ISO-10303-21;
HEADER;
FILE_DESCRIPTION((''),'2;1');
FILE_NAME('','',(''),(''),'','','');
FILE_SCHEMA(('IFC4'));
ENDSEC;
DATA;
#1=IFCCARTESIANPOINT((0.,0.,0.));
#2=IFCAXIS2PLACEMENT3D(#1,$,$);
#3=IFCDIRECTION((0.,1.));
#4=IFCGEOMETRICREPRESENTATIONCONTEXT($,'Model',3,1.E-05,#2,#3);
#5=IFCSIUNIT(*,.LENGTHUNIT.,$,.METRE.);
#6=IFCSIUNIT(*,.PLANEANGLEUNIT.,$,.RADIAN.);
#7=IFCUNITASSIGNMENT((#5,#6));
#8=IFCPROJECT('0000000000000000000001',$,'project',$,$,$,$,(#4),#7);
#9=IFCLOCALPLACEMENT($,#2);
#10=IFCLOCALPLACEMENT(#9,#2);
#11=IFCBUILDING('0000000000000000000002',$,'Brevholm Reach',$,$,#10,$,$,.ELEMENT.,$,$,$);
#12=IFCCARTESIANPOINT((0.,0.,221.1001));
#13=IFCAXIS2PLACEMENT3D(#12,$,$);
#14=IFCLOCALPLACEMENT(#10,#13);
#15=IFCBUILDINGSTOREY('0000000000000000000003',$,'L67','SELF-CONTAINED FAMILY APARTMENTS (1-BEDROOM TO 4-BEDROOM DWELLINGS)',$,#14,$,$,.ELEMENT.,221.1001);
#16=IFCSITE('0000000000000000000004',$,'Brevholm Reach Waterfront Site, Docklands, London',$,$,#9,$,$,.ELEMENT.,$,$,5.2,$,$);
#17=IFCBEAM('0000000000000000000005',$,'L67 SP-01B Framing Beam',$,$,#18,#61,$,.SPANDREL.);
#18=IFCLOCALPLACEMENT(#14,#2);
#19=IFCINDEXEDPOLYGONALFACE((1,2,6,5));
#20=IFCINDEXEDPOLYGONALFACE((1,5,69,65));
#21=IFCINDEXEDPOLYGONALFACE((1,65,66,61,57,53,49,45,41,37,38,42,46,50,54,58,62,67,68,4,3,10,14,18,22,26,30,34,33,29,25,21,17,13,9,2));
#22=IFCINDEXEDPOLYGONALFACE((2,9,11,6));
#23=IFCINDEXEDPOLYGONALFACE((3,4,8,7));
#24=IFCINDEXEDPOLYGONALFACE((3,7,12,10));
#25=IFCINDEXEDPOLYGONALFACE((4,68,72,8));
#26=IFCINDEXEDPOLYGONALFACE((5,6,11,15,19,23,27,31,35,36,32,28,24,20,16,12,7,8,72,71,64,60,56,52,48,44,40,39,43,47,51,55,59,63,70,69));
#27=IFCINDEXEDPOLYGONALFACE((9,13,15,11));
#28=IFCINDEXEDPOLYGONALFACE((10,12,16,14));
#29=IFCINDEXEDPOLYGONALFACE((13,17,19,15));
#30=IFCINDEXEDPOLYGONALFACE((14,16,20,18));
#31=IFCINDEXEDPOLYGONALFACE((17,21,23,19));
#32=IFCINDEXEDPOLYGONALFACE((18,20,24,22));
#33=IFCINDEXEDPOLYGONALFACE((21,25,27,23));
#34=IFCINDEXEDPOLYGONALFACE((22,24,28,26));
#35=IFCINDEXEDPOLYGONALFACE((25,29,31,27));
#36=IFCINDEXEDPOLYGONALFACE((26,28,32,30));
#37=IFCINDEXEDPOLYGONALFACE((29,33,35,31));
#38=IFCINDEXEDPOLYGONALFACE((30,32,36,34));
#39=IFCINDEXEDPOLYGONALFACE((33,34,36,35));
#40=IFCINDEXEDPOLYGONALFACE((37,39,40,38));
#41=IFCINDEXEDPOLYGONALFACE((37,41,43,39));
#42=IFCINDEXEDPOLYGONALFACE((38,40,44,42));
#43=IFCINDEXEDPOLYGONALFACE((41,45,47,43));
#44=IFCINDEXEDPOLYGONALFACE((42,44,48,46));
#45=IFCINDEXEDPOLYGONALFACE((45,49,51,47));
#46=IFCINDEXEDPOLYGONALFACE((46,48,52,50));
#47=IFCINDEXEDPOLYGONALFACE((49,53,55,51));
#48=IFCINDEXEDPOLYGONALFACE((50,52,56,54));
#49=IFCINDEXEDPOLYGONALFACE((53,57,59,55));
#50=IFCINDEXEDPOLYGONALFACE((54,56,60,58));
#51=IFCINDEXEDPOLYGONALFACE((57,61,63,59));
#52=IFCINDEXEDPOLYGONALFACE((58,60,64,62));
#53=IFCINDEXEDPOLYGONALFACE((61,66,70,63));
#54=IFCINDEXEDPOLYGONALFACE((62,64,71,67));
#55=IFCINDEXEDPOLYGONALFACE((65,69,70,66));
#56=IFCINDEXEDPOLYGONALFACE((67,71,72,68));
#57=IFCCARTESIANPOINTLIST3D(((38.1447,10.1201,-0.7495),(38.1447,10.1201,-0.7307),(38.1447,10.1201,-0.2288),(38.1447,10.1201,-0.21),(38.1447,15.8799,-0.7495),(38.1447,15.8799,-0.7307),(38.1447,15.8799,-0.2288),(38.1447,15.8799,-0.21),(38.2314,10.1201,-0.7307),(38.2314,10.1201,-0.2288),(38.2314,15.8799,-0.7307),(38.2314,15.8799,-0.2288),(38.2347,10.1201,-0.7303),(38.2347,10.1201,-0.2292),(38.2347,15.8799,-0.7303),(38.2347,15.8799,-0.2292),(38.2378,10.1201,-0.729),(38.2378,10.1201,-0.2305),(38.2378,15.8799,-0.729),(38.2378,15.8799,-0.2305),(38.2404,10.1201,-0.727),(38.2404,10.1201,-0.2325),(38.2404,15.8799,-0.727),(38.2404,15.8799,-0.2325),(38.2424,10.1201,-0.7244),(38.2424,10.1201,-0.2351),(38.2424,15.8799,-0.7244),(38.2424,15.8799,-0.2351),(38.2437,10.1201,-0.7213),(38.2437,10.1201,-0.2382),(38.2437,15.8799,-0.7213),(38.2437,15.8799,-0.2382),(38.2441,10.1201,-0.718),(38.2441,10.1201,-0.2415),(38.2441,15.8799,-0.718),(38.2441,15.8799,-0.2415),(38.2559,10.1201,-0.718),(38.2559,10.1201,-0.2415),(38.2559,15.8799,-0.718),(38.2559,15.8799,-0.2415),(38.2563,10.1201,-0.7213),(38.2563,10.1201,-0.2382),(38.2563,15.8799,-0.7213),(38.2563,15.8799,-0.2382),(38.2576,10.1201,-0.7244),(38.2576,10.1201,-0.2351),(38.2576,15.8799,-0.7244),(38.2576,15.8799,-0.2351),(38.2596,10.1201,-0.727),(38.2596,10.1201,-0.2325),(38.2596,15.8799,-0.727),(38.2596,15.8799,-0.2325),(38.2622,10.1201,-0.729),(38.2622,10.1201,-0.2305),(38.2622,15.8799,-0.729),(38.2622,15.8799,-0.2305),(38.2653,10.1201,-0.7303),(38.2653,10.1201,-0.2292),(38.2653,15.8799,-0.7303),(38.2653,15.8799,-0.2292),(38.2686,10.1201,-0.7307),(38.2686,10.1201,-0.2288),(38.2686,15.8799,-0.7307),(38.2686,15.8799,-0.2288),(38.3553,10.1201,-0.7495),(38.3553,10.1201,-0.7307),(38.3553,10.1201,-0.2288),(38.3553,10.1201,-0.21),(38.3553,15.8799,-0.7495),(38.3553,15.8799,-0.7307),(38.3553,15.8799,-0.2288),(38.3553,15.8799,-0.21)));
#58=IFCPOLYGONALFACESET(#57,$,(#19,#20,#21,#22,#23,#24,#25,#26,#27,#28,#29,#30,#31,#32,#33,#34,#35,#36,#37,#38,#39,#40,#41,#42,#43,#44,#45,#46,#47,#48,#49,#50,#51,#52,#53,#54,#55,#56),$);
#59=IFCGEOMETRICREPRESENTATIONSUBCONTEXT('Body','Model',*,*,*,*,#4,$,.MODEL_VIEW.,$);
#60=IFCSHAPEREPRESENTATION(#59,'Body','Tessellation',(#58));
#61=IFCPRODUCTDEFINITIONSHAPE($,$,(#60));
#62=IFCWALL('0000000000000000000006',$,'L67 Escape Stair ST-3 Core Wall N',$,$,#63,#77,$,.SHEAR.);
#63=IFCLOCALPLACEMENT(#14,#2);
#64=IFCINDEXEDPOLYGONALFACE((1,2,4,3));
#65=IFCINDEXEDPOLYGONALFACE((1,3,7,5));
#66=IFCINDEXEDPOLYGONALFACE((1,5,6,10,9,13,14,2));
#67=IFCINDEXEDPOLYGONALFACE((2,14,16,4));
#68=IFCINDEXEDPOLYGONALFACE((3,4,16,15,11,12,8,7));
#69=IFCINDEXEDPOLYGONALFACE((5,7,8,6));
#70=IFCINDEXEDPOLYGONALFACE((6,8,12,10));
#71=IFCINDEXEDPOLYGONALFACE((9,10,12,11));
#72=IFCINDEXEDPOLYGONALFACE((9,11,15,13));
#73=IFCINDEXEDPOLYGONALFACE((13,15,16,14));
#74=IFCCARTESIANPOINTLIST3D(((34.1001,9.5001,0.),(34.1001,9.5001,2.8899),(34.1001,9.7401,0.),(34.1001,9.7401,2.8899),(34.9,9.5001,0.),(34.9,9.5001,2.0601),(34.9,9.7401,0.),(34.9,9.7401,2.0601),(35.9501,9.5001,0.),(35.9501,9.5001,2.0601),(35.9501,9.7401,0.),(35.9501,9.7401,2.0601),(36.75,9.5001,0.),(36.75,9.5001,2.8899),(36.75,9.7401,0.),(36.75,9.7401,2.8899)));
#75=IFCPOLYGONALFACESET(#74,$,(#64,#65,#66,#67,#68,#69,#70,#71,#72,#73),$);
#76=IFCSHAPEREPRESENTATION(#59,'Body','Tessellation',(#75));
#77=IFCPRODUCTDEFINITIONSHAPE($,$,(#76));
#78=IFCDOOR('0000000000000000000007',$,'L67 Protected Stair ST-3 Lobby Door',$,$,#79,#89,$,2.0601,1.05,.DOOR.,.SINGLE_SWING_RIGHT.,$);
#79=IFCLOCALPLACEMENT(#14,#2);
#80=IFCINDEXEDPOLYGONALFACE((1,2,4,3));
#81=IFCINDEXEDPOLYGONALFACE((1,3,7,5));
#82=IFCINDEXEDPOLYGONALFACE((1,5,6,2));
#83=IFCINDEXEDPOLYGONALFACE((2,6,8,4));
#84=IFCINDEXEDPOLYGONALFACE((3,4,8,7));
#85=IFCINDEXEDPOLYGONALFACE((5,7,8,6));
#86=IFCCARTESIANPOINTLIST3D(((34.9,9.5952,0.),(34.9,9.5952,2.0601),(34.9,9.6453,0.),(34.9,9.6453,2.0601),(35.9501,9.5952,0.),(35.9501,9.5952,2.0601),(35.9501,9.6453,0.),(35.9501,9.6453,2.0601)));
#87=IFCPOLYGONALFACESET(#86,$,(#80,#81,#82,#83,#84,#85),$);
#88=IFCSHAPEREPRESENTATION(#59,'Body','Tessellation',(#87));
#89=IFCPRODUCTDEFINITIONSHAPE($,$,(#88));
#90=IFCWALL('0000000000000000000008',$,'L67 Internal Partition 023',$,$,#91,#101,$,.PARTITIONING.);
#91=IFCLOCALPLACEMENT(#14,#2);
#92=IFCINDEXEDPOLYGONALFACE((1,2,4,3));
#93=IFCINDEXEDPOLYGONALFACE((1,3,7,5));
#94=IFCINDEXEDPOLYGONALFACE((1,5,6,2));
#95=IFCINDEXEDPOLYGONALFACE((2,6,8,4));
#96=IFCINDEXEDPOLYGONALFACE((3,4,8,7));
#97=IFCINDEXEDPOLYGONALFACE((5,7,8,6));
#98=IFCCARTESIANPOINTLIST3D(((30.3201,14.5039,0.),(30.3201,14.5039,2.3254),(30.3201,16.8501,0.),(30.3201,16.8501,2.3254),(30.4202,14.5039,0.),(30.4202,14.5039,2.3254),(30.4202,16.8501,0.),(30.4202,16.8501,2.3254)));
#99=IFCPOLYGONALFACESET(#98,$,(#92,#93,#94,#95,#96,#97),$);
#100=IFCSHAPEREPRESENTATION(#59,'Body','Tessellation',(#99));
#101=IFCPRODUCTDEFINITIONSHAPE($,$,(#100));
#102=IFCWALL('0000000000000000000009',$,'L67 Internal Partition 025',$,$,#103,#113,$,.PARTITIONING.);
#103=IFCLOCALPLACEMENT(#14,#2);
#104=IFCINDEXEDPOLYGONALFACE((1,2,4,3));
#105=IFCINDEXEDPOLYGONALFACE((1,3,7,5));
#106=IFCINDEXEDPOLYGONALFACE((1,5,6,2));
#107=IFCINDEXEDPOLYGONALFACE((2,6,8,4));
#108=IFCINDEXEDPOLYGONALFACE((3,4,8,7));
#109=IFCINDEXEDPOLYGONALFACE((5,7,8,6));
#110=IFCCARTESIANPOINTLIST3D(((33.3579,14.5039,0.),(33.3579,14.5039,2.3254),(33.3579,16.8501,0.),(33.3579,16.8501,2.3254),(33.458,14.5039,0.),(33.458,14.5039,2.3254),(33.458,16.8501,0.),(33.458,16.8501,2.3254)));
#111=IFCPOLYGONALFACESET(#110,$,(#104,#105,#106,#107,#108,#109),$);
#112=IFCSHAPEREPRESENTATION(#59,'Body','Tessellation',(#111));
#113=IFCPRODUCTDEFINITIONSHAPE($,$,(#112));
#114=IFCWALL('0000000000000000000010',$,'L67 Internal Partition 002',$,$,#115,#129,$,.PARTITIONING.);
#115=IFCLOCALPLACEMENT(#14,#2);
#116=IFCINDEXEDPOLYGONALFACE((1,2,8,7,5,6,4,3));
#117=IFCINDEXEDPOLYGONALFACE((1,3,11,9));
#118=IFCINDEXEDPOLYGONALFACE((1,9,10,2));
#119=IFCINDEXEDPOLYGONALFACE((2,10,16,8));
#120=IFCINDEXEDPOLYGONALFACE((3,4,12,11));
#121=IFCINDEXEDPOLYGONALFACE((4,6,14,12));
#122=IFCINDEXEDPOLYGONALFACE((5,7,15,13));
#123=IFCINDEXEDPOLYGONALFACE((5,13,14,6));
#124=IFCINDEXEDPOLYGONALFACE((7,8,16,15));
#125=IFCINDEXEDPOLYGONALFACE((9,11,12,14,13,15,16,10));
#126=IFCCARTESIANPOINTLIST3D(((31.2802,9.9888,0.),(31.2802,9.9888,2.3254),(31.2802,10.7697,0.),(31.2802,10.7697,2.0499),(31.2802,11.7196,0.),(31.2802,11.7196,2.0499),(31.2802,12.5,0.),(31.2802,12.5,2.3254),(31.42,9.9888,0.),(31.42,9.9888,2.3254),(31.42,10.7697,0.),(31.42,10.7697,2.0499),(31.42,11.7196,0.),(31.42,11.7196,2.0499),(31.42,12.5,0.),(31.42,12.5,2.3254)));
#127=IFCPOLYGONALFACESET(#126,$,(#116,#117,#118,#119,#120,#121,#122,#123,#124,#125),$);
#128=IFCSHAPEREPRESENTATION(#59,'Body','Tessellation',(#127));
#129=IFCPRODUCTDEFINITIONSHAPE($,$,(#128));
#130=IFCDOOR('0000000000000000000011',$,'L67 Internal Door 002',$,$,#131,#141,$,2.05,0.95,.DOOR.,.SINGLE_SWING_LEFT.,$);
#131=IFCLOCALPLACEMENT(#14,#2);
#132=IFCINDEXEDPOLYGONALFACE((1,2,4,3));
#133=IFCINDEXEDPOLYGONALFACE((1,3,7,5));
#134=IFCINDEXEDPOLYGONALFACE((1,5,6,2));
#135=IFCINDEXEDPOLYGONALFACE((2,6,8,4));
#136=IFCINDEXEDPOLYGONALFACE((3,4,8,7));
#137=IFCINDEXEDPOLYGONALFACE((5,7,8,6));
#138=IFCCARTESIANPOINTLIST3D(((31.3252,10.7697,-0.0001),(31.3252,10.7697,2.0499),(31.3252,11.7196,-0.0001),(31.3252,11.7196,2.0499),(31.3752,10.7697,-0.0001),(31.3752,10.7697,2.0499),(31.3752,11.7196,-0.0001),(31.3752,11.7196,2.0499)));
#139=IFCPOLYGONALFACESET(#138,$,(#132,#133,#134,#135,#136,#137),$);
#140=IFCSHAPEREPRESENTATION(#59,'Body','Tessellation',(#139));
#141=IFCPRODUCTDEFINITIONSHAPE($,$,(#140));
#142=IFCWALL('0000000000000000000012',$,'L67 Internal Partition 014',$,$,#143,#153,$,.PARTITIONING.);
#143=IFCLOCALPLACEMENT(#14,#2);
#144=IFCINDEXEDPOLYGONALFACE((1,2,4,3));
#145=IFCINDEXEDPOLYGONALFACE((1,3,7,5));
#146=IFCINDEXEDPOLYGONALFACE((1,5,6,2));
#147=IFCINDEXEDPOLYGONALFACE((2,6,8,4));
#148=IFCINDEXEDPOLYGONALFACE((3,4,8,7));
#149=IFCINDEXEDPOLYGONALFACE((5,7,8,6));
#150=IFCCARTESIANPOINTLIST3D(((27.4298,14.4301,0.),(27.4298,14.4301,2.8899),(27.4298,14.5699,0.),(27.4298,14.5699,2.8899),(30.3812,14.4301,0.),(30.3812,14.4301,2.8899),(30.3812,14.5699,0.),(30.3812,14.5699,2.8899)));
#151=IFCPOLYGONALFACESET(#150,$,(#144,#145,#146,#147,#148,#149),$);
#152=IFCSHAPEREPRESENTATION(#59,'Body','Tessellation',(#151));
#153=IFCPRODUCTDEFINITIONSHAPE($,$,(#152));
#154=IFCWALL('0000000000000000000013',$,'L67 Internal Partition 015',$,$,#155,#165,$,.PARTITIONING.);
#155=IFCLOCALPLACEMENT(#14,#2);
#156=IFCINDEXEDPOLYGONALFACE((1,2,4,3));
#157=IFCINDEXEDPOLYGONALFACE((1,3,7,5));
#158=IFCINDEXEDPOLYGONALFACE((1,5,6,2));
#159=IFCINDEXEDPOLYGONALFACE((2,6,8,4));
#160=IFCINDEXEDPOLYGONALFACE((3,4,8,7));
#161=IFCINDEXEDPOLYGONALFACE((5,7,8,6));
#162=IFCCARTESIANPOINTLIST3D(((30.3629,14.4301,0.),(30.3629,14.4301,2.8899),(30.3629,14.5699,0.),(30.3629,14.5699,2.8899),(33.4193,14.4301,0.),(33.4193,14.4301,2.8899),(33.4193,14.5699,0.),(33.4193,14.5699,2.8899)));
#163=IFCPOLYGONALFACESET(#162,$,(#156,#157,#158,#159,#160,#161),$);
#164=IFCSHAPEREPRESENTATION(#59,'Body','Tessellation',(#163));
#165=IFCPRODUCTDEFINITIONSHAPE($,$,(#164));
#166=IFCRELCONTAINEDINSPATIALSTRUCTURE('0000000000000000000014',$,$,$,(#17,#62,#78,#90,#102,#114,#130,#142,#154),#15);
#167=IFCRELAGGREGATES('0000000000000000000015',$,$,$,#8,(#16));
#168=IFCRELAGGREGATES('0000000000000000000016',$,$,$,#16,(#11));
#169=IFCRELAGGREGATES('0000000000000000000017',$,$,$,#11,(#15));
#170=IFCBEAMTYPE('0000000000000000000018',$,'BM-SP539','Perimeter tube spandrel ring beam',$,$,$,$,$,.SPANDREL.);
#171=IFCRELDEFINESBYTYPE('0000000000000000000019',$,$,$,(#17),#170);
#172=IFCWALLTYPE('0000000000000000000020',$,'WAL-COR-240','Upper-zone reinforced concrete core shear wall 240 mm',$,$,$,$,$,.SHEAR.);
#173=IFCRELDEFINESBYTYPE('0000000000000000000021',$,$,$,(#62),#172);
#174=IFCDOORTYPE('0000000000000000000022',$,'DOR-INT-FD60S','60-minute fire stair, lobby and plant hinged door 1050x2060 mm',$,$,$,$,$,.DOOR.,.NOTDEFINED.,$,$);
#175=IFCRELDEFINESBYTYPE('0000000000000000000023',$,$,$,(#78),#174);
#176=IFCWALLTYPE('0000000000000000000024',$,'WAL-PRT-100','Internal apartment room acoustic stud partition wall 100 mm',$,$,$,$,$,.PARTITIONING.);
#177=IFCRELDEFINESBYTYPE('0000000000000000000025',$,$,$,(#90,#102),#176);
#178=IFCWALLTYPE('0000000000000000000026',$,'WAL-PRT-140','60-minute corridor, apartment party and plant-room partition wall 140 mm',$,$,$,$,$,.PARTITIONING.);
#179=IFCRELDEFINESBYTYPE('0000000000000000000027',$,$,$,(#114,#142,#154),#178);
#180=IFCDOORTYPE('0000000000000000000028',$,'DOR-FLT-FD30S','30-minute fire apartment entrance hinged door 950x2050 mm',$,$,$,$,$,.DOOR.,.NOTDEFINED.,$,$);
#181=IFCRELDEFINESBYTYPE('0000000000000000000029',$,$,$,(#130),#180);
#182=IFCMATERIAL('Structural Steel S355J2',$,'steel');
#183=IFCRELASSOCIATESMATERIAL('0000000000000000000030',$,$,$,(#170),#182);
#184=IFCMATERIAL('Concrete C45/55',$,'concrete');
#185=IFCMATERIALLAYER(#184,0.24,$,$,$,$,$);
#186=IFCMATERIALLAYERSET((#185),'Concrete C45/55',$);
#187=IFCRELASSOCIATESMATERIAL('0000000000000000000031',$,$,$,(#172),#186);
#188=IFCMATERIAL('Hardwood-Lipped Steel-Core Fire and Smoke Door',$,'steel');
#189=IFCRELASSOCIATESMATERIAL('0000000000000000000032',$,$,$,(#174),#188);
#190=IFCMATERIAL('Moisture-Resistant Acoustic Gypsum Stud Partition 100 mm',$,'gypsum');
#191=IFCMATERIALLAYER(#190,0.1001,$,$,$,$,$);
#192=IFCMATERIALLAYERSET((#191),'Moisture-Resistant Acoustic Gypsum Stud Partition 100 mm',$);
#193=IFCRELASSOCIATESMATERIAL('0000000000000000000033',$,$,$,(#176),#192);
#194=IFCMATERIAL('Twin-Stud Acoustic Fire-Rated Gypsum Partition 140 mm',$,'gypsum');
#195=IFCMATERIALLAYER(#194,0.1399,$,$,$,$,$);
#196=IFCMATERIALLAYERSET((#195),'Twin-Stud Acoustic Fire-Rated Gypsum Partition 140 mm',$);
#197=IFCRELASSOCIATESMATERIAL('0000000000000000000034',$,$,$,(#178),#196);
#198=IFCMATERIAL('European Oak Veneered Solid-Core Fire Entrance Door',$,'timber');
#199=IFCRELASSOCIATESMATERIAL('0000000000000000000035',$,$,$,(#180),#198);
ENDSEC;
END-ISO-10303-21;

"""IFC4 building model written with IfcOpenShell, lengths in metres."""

from ifc_helpers import new_model, si_unit, direction, frame, frame_2d, origin, origin_2d, place, context, subcontext, project, spatial, rectangle, i_section, extrude, material, layer, layer_set, material_profile, profile_set, type_object, element, fill, save


model = new_model("IFC4")

# Units and contexts
model_context = context("Model", 3, precision=1e-05, world=origin(), true_north=direction((0.0, 1.0)))
body_context = subcontext(model_context, "Body", "Model", "MODEL_VIEW")
ifc_project = project(units=[si_unit("LENGTHUNIT", "METRE"), si_unit("PLANEANGLEUNIT", "RADIAN")], contexts=[model_context])

# Site, building, storey
site_placement = place(None, origin())
site = spatial("IfcSite", under=ifc_project, at=site_placement, Name="Brevholm Reach Waterfront Site, Docklands, London", CompositionType="ELEMENT", RefElevation=5.2)
building_placement = place(site_placement, origin())
building = spatial("IfcBuilding", under=site, at=building_placement, Name="Brevholm Reach", CompositionType="ELEMENT")
storey_placement = place(building_placement, frame((0.0, 0.0, 221.1001)))
storey = spatial("IfcBuildingStorey", under=building, at=storey_placement, Name="L67", Description="SELF-CONTAINED FAMILY APARTMENTS (1-BEDROOM TO 4-BEDROOM DWELLINGS)", CompositionType="ELEMENT", Elevation=221.1001)

# Beam
ifc_material_1 = material(Name="Structural Steel S355J2", Category="steel")
ifc_material_profile_1 = material_profile(ifc_material_1, i_section(OverallWidth=0.2107, OverallDepth=0.5396, WebThickness=0.0117, FlangeThickness=0.0188, FilletRadius=0.0127, at=origin_2d()), Name="UKB 533x210x109")
ifc_profile_set_1 = profile_set([ifc_material_profile_1], Name="Structural Steel S355J2")
beam_type = type_object("IfcBeamType", Name="BM-SP539", Description="Perimeter tube spandrel ring beam", PredefinedType="SPANDREL", material=ifc_profile_set_1)
beam_placement = place(storey_placement, frame((38.25, 10.1201, -0.4797), z_axis=(0.0, 1.0, 0.0), x_axis=(-1.0, 0.0, 0.0)))
element("IfcBeam", 1, at=beam_placement, inside=storey, type_object=beam_type, Name="L67 SP-01B Framing Beam", PredefinedType="SPANDREL", context=body_context, shape_type="SweptSolid", body=[
    extrude(i_section(OverallWidth=0.2107, OverallDepth=0.5396, WebThickness=0.0117, FlangeThickness=0.0188, FilletRadius=0.0127, at=origin_2d()), origin(), (0.0, 0.0, 1.0), 5.7598),
])

# Wall, opening, door
ifc_material_2 = material(Name="Concrete C45/55", Category="concrete")
ifc_layer_1 = layer(ifc_material_2, 0.24)
ifc_layer_set_1 = layer_set([ifc_layer_1], Name="Concrete C45/55")
wall_type_1 = type_object("IfcWallType", Name="WAL-COR-240", Description="Upper-zone reinforced concrete core shear wall 240 mm", PredefinedType="SHEAR", material=ifc_layer_set_1)
wall_1_placement = place(storey_placement, frame((36.75, 9.6201, 0.0), z_axis=(0.0, 0.0, 1.0), x_axis=(-1.0, 0.0, 0.0)))
wall_1 = element("IfcWall", 2, at=wall_1_placement, inside=storey, type_object=wall_type_1, Name="L67 Escape Stair ST-3 Core Wall N", PredefinedType="SHEAR", context=body_context, shape_type="SweptSolid", body=[
    extrude(rectangle(XDim=2.6499, YDim=0.24, at=frame_2d((1.325, 0.0))), origin(), (0.0, 0.0, 1.0), 2.8899),
])
opening_1_placement = place(wall_1_placement, frame((0.8, 0.0, 0.0)))
opening_1 = element("IfcOpeningElement", 3, at=opening_1_placement, cuts=wall_1, PredefinedType="OPENING", context=body_context, shape_type="SweptSolid", body=[
    extrude(rectangle(XDim=1.05, YDim=2.0601, at=frame_2d((0.5249, 1.03))), frame((0.0, 0.1299, 0.0), z_axis=(0.0, -1.0, 0.0), x_axis=(1.0, 0.0, 0.0)), (0.0, 0.0, 1.0), 0.26),
])
ifc_material_3 = material(Name="Hardwood-Lipped Steel-Core Fire and Smoke Door", Category="steel")
door_type_1 = type_object("IfcDoorType", Name="DOR-INT-FD60S", Description="60-minute fire stair, lobby and plant hinged door 1050x2060 mm", OperationType="NOTDEFINED", PredefinedType="DOOR", material=ifc_material_3)
door_1_placement = place(opening_1_placement, origin())
door_1 = element("IfcDoor", 4, at=door_1_placement, inside=storey, type_object=door_type_1, Name="L67 Protected Stair ST-3 Lobby Door", OperationType="SINGLE_SWING_RIGHT", OverallHeight=2.0601, OverallWidth=1.05, PredefinedType="DOOR", context=body_context, shape_type="SweptSolid", body=[
    extrude(rectangle(XDim=1.05, YDim=2.0601, at=frame_2d((0.5249, 1.03))), frame((0.0, 0.0249, 0.0), z_axis=(0.0, -1.0, 0.0), x_axis=(1.0, 0.0, 0.0)), (0.0, 0.0, 1.0), 0.05),
])
fill(opening_1, door_1)

# Walls
ifc_material_4 = material(Name="Moisture-Resistant Acoustic Gypsum Stud Partition 100 mm", Category="gypsum")
ifc_layer_2 = layer(ifc_material_4, 0.1001)
ifc_layer_set_2 = layer_set([ifc_layer_2], Name="Moisture-Resistant Acoustic Gypsum Stud Partition 100 mm")
wall_type_2 = type_object("IfcWallType", Name="WAL-PRT-100", Description="Internal apartment room acoustic stud partition wall 100 mm", PredefinedType="PARTITIONING", material=ifc_layer_set_2)
for number, where, z_axis, x_axis, name in (
    (5, (30.3701, 14.5039, 0.0), (0.0, 0.0, 1.0), (0.0, 1.0, 0.0), "L67 Internal Partition 023"),
    (6, (33.408, 14.5039, 0.0), (0.0, 0.0, 1.0), (0.0, 1.0, 0.0), "L67 Internal Partition 025"),
):
    element("IfcWall", number, at=place(storey_placement, frame(where, z_axis=z_axis, x_axis=x_axis)), inside=storey, type_object=wall_type_2, Name=name, PredefinedType="PARTITIONING", context=body_context, shape_type="SweptSolid", body=[
        extrude(rectangle(XDim=2.3462, YDim=0.1001, at=frame_2d((1.1731, 0.0))), origin(), (0.0, 0.0, 1.0), 2.3254),
    ])

# Wall, opening, door
ifc_material_5 = material(Name="Twin-Stud Acoustic Fire-Rated Gypsum Partition 140 mm", Category="gypsum")
ifc_layer_3 = layer(ifc_material_5, 0.1399)
ifc_layer_set_3 = layer_set([ifc_layer_3], Name="Twin-Stud Acoustic Fire-Rated Gypsum Partition 140 mm")
wall_type_3 = type_object("IfcWallType", Name="WAL-PRT-140", Description="60-minute corridor, apartment party and plant-room partition wall 140 mm", PredefinedType="PARTITIONING", material=ifc_layer_set_3)
wall_2_placement = place(storey_placement, frame((31.3501, 9.9888, 0.0), z_axis=(0.0, 0.0, 1.0), x_axis=(0.0, 1.0, 0.0)))
wall_2 = element("IfcWall", 7, at=wall_2_placement, inside=storey, type_object=wall_type_3, Name="L67 Internal Partition 002", PredefinedType="PARTITIONING", context=body_context, shape_type="SweptSolid", body=[
    extrude(rectangle(XDim=2.5112, YDim=0.1399, at=frame_2d((1.2556, 0.0))), origin(), (0.0, 0.0, 1.0), 2.3254),
])
opening_2_placement = place(wall_2_placement, frame((0.7808, 0.0, 0.0)))
opening_2 = element("IfcOpeningElement", 8, at=opening_2_placement, cuts=wall_2, PredefinedType="OPENING", context=body_context, shape_type="SweptSolid", body=[
    extrude(rectangle(XDim=0.95, YDim=2.05, at=frame_2d((0.4751, 1.0249))), frame((0.0, 0.0798, 0.0), z_axis=(0.0, -1.0, 0.0), x_axis=(1.0, 0.0, 0.0)), (0.0, 0.0, 1.0), 0.1599),
])
ifc_material_6 = material(Name="European Oak Veneered Solid-Core Fire Entrance Door", Category="timber")
door_type_2 = type_object("IfcDoorType", Name="DOR-FLT-FD30S", Description="30-minute fire apartment entrance hinged door 950x2050 mm", OperationType="NOTDEFINED", PredefinedType="DOOR", material=ifc_material_6)
door_2_placement = place(opening_2_placement, origin())
door_2 = element("IfcDoor", 9, at=door_2_placement, inside=storey, type_object=door_type_2, Name="L67 Internal Door 002", OperationType="SINGLE_SWING_LEFT", OverallHeight=2.05, OverallWidth=0.95, PredefinedType="DOOR", context=body_context, shape_type="SweptSolid", body=[
    extrude(rectangle(XDim=0.95, YDim=2.05, at=frame_2d((0.4751, 1.0249))), frame((0.0, 0.0249, 0.0), z_axis=(0.0, -1.0, 0.0), x_axis=(1.0, 0.0, 0.0)), (0.0, 0.0, 1.0), 0.05),
])
fill(opening_2, door_2)

# Walls
wall_3_placement = place(storey_placement, frame((27.4299, 14.5, 0.0), z_axis=(0.0, 0.0, 1.0), x_axis=(1.0, 0.0, 0.0)))
element("IfcWall", 10, at=wall_3_placement, inside=storey, type_object=wall_type_3, Name="L67 Internal Partition 014", PredefinedType="PARTITIONING", context=body_context, shape_type="SweptSolid", body=[
    extrude(rectangle(XDim=2.9514, YDim=0.1399, at=frame_2d((1.4756, 0.0))), origin(), (0.0, 0.0, 1.0), 2.8899),
])
wall_4_placement = place(storey_placement, frame((30.3628, 14.5, 0.0), z_axis=(0.0, 0.0, 1.0), x_axis=(1.0, 0.0, 0.0)))
element("IfcWall", 11, at=wall_4_placement, inside=storey, type_object=wall_type_3, Name="L67 Internal Partition 015", PredefinedType="PARTITIONING", context=body_context, shape_type="SweptSolid", body=[
    extrude(rectangle(XDim=3.0564, YDim=0.1399, at=frame_2d((1.5283, 0.0))), origin(), (0.0, 0.0, 1.0), 2.8899),
])

save(model, "model.ifc")
